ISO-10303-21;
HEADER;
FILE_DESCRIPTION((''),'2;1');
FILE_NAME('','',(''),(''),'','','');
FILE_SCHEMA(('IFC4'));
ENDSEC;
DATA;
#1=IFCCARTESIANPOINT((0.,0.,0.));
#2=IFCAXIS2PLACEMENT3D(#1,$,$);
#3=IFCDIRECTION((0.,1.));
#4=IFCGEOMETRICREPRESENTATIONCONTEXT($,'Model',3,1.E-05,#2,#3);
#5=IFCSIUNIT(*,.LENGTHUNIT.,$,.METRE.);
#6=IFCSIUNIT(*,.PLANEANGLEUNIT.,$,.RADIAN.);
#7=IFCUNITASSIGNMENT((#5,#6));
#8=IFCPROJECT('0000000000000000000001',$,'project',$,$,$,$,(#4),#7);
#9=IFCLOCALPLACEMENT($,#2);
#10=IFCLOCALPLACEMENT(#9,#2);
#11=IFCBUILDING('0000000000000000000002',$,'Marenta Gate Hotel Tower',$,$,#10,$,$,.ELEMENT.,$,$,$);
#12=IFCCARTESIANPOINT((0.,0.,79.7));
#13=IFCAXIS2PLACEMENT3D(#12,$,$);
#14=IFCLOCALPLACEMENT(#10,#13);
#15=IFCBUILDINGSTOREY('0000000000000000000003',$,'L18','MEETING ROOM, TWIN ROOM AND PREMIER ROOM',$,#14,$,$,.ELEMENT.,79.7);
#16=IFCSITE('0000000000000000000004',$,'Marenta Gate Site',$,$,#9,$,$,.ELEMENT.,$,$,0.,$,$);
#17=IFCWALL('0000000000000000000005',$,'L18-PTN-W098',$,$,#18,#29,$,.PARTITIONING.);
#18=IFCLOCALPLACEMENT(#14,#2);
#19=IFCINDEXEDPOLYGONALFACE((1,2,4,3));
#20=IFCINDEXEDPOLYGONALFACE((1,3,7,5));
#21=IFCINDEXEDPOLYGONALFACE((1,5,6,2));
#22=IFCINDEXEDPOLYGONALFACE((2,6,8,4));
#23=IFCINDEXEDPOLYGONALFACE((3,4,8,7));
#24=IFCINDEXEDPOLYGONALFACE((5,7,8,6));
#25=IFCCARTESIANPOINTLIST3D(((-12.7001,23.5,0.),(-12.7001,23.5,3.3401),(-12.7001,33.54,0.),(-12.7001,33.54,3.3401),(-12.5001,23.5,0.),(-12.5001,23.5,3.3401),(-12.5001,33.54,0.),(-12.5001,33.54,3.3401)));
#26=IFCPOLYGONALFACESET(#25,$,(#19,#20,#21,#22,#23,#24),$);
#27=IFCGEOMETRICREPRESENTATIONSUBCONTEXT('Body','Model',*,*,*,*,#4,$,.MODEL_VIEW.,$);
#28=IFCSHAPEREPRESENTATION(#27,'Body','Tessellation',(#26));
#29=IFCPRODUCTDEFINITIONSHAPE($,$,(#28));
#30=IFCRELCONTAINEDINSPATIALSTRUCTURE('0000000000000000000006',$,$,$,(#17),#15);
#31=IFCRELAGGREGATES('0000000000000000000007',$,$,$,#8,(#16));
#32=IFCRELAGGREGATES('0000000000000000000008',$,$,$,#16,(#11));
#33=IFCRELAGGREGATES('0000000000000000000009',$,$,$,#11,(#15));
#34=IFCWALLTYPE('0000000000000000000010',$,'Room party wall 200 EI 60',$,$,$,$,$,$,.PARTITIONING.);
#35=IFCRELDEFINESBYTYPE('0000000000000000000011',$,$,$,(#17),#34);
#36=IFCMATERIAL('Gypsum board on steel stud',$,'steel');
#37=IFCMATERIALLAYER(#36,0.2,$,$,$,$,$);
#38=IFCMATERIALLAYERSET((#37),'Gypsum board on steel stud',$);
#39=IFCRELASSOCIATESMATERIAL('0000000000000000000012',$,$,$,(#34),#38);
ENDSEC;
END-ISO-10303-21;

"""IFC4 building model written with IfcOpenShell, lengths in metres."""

from ifc_helpers import new_model, si_unit, direction, frame, frame_2d, origin, place, context, subcontext, project, spatial, rectangle, extrude, material, layer, layer_set, type_object, element, save


model = new_model("IFC4")

# Units and contexts
model_context = context("Model", 3, precision=1e-05, world=origin(), true_north=direction((0.0, 1.0)))
body_context = subcontext(model_context, "Body", "Model", "MODEL_VIEW")
ifc_project = project(units=[si_unit("LENGTHUNIT", "METRE"), si_unit("PLANEANGLEUNIT", "RADIAN")], contexts=[model_context])

# Site, building, storey
site_placement = place(None, origin())
site = spatial("IfcSite", under=ifc_project, at=site_placement, Name="Marenta Gate Site", CompositionType="ELEMENT", RefElevation=0.0)
building_placement = place(site_placement, origin())
building = spatial("IfcBuilding", under=site, at=building_placement, Name="Marenta Gate Hotel Tower", CompositionType="ELEMENT")
storey_placement = place(building_placement, frame((0.0, 0.0, 79.7)))
storey = spatial("IfcBuildingStorey", under=building, at=storey_placement, Name="L18", Description="MEETING ROOM, TWIN ROOM AND PREMIER ROOM", CompositionType="ELEMENT", Elevation=79.7)

# Wall
ifc_material_1 = material(Name="Gypsum board on steel stud", Category="steel")
ifc_layer_1 = layer(ifc_material_1, 0.2)
ifc_layer_set_1 = layer_set([ifc_layer_1], Name="Gypsum board on steel stud")
wall_type_1 = type_object("IfcWallType", Name="Room party wall 200 EI 60", PredefinedType="PARTITIONING", material=ifc_layer_set_1)
wall_1_placement = place(storey_placement, frame((-12.6001, 23.5, 0.0), z_axis=(0.0, 0.0, 1.0), x_axis=(0.0, 1.0, 0.0)))
element("IfcWall", 1, at=wall_1_placement, inside=storey, type_object=wall_type_1, Name="L18-PTN-W098", PredefinedType="PARTITIONING", context=body_context, shape_type="SweptSolid", body=[
    extrude(rectangle(XDim=10.04, YDim=0.2, at=frame_2d((5.02, 0.0))), origin(), (0.0, 0.0, 1.0), 3.3401),
])

save(model, "model.ifc")
